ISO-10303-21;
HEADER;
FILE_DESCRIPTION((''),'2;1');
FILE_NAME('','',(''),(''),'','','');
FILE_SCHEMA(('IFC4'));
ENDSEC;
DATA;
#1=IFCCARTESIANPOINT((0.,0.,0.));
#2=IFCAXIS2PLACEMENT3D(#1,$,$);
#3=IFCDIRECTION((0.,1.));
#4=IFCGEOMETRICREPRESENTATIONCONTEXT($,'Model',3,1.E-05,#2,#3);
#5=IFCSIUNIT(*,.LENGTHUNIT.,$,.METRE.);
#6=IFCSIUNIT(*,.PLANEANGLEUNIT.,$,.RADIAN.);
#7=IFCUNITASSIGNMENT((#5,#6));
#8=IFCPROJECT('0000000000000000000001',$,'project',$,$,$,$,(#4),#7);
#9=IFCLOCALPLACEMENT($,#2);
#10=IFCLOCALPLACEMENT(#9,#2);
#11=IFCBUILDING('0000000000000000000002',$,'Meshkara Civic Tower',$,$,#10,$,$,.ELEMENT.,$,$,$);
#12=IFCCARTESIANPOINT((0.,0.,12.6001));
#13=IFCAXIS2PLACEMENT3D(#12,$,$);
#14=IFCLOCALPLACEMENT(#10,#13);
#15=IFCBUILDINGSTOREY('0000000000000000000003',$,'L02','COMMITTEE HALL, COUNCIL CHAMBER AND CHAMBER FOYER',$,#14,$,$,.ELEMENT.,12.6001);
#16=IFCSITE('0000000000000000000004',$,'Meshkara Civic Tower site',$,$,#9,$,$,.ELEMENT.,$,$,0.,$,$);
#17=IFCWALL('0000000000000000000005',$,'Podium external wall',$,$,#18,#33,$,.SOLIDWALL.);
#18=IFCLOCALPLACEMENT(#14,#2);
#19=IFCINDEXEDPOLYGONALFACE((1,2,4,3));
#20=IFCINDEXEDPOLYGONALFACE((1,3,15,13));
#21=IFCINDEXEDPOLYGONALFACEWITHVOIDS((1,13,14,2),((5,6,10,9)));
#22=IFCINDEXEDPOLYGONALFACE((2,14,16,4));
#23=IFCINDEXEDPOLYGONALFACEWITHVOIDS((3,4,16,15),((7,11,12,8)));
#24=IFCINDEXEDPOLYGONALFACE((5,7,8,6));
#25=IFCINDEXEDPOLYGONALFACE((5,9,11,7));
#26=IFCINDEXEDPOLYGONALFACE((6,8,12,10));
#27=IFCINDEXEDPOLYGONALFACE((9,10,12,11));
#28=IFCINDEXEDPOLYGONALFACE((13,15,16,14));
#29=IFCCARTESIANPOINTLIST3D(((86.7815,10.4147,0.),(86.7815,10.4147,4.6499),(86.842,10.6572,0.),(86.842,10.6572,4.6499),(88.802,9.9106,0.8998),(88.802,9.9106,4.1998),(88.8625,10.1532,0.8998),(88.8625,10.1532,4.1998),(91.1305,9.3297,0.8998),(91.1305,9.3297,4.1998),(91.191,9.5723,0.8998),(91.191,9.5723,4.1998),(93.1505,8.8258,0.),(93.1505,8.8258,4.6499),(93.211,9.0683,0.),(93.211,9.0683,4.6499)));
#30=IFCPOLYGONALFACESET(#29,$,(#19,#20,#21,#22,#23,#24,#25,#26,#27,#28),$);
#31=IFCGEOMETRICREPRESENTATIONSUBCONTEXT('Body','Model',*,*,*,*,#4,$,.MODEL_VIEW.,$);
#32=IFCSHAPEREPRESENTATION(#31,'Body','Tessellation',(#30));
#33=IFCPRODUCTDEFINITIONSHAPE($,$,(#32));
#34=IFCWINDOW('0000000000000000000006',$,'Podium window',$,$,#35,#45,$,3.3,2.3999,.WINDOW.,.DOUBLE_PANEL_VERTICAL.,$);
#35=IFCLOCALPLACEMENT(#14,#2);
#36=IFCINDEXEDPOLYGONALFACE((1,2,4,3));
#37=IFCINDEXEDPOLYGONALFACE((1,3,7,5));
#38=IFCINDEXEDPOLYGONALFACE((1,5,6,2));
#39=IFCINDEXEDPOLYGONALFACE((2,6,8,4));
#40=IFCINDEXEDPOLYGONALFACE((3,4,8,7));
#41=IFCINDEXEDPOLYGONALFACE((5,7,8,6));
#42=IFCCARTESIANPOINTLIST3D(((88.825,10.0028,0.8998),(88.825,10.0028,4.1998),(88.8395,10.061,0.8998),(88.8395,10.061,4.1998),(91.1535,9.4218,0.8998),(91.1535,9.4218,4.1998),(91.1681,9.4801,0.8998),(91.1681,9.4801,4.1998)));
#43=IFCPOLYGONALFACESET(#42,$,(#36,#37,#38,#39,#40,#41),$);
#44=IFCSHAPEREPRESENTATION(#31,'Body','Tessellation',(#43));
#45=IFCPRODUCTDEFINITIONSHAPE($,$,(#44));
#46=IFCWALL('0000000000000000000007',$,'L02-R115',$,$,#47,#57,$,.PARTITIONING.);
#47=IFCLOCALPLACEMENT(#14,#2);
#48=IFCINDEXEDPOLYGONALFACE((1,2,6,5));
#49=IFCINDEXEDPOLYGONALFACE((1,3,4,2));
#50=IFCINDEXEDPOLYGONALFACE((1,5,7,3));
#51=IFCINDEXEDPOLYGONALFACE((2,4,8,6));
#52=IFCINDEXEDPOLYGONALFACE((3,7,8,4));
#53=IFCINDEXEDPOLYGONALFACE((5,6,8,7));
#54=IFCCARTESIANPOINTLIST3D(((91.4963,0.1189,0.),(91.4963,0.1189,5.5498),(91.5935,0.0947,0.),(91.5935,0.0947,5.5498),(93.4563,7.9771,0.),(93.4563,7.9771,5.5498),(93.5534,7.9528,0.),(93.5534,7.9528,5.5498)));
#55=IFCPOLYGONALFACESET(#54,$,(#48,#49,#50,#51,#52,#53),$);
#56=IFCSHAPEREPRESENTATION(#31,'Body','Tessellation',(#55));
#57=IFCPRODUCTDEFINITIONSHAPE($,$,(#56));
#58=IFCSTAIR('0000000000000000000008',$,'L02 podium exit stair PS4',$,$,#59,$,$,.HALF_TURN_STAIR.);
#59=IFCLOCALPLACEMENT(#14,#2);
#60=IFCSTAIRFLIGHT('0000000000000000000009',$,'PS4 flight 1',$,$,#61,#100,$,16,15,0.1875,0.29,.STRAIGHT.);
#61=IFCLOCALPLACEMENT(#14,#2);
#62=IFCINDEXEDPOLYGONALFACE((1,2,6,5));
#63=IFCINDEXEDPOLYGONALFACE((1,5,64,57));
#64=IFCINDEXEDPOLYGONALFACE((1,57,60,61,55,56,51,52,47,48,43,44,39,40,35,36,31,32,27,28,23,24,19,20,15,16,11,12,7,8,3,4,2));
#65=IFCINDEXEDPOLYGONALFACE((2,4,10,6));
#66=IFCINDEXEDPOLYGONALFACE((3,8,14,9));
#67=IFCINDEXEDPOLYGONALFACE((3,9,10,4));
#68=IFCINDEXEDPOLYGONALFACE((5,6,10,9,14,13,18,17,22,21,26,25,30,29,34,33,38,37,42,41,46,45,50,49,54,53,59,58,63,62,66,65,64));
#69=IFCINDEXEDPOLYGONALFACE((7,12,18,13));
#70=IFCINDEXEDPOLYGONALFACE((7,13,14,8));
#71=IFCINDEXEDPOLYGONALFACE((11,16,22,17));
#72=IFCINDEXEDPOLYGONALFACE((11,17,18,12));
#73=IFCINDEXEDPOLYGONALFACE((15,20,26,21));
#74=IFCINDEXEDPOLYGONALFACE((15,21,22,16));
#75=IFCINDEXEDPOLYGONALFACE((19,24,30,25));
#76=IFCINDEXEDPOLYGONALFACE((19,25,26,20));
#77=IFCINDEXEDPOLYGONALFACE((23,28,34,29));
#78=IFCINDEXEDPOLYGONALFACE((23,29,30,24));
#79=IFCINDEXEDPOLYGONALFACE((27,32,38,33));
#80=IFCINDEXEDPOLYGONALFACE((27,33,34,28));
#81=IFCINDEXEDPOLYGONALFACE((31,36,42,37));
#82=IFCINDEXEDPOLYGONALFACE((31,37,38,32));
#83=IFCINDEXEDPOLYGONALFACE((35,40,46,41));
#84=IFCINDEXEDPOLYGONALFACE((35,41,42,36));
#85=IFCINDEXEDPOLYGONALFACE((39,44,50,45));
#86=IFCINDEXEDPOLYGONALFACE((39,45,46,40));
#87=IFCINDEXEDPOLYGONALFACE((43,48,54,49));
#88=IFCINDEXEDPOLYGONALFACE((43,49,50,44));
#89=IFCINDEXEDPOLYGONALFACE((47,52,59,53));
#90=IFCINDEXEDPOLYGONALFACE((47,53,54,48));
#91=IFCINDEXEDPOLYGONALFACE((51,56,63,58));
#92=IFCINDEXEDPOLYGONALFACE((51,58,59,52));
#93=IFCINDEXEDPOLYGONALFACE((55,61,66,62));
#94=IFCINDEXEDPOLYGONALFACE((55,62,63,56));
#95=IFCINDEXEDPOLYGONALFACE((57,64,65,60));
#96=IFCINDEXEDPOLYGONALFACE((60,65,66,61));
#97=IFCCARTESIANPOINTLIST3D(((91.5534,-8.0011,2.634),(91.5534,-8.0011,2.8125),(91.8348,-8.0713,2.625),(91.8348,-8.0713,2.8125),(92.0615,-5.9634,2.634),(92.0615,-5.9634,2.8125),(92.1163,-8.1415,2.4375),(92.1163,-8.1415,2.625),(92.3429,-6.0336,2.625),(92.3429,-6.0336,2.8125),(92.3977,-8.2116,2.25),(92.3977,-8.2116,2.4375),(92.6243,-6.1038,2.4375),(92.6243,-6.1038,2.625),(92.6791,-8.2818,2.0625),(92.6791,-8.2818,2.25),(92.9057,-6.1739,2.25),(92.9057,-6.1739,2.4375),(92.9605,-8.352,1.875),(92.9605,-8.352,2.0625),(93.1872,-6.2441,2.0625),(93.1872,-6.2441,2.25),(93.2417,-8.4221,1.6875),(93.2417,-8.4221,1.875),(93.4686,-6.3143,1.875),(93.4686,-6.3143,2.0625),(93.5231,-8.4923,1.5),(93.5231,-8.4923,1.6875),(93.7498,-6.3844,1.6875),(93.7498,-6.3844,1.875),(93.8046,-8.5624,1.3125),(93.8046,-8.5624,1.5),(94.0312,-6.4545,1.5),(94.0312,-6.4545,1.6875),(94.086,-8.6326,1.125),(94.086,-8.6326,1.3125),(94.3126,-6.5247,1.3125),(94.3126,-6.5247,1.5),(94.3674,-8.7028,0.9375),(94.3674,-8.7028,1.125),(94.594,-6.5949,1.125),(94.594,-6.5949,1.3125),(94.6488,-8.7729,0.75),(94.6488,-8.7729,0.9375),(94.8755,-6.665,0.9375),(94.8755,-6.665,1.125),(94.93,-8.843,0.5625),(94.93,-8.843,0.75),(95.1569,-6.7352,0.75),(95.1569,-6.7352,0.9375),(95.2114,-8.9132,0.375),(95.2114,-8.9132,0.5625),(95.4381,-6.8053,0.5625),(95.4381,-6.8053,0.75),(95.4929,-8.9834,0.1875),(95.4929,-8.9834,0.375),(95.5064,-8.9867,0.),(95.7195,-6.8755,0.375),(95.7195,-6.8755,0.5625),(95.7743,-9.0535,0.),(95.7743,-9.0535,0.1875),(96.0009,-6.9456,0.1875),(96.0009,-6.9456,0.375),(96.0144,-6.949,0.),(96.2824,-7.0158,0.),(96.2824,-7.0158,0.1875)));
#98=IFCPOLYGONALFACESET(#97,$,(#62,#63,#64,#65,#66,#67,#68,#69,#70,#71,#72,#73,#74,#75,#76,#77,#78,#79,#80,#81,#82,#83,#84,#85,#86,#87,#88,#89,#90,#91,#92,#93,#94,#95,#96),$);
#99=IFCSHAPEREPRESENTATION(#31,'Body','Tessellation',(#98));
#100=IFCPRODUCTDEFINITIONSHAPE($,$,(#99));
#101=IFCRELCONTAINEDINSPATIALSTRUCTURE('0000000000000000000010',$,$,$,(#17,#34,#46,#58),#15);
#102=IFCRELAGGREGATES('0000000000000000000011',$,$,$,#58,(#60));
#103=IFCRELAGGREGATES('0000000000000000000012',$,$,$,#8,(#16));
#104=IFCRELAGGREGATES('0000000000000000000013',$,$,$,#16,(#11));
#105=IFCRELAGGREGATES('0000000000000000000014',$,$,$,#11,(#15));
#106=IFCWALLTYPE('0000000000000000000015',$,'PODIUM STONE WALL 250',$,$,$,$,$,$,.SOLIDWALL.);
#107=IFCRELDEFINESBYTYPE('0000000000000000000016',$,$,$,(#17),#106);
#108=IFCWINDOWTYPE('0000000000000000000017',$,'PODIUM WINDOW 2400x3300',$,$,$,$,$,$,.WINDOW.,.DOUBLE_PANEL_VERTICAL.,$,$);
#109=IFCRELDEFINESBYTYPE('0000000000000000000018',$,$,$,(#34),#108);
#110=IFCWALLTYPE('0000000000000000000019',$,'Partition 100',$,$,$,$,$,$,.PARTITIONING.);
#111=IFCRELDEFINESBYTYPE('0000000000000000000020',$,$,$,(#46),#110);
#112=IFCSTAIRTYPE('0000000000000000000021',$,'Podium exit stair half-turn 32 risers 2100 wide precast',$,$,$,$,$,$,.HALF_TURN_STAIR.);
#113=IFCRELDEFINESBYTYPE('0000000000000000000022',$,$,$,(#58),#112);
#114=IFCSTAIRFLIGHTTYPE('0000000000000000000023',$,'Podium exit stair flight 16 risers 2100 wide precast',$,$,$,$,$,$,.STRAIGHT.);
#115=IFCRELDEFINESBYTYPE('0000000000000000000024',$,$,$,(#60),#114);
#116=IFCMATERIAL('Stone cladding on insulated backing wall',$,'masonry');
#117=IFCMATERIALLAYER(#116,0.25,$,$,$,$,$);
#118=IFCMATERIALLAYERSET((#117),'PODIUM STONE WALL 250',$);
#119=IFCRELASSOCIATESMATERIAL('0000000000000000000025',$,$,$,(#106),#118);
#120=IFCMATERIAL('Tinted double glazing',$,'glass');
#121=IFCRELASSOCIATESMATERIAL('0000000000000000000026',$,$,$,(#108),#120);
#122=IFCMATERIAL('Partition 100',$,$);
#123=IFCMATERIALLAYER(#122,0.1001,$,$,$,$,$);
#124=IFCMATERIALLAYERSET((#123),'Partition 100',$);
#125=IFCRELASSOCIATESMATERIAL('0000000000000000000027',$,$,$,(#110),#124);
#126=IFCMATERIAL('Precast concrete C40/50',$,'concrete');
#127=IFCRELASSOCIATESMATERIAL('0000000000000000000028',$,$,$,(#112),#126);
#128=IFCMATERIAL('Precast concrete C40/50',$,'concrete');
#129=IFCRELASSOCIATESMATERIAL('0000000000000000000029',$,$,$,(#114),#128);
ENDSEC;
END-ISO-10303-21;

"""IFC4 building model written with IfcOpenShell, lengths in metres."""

from ifc_helpers import new_model, si_unit, direction, frame, frame_2d, origin, place, context, subcontext, project, spatial, polyline, rectangle, outline, extrude, material, layer, layer_set, type_object, element, fill, aggregate, save


model = new_model("IFC4")

# Units and contexts
model_context = context("Model", 3, precision=1e-05, world=origin(), true_north=direction((0.0, 1.0)))
body_context = subcontext(model_context, "Body", "Model", "MODEL_VIEW")
ifc_project = project(units=[si_unit("LENGTHUNIT", "METRE"), si_unit("PLANEANGLEUNIT", "RADIAN")], contexts=[model_context])

# Site, building, storey
site_placement = place(None, origin())
site = spatial("IfcSite", under=ifc_project, at=site_placement, Name="Meshkara Civic Tower site", CompositionType="ELEMENT", RefElevation=0.0)
building_placement = place(site_placement, origin())
building = spatial("IfcBuilding", under=site, at=building_placement, Name="Meshkara Civic Tower", CompositionType="ELEMENT")
storey_placement = place(building_placement, frame((0.0, 0.0, 12.6001)))
storey = spatial("IfcBuildingStorey", under=building, at=storey_placement, Name="L02", Description="COMMITTEE HALL, COUNCIL CHAMBER AND CHAMBER FOYER", CompositionType="ELEMENT", Elevation=12.6001)

# Shared definitions
ifc_material_1 = material(Name="Stone cladding on insulated backing wall", Category="masonry")
ifc_layer_1 = layer(ifc_material_1, 0.25)
ifc_layer_set_1 = layer_set([ifc_layer_1], Name="PODIUM STONE WALL 250")
wall_type_1 = type_object("IfcWallType", Name="PODIUM STONE WALL 250", PredefinedType="SOLIDWALL", material=ifc_layer_set_1)

# Shared definitions
ifc_material_2 = material(Name="Tinted double glazing", Category="glass")
window_type = type_object("IfcWindowType", Name="PODIUM WINDOW 2400x3300", PartitioningType="DOUBLE_PANEL_VERTICAL", PredefinedType="WINDOW", material=ifc_material_2)

# Wall, opening, window
wall_1_placement = place(storey_placement, frame((93.1809, 8.947, 0.0), z_axis=(0.0, 0.0, 1.0), x_axis=(-0.970263, 0.242054, 0.0)))
wall_1 = element("IfcWall", 1, at=wall_1_placement, inside=storey, type_object=wall_type_1, Name="Podium external wall", PredefinedType="SOLIDWALL", context=body_context, shape_type="SweptSolid", body=[
    extrude(rectangle(XDim=6.5642, YDim=0.25, at=frame_2d((3.2822, 0.0))), origin(), (0.0, 0.0, 1.0), 4.6499),
])
opening_1_placement = place(wall_1_placement, frame((2.082, 0.0, 0.8999)))
opening_1 = element("IfcOpeningElement", 2, at=opening_1_placement, cuts=wall_1, PredefinedType="OPENING", context=body_context, shape_type="SweptSolid", body=[
    extrude(rectangle(XDim=2.3999, YDim=3.3, at=frame_2d((1.2, 1.6499))), frame((0.0, 0.135, 0.0), z_axis=(0.0, -1.0, 0.0), x_axis=(1.0, 0.0, 0.0)), (0.0, 0.0, 1.0), 0.27),
])
window_1_placement = place(opening_1_placement, origin())
window_1 = element("IfcWindow", 3, at=window_1_placement, inside=storey, type_object=window_type, Name="Podium window", OverallHeight=3.3, OverallWidth=2.3999, PartitioningType="DOUBLE_PANEL_VERTICAL", PredefinedType="WINDOW", context=body_context, shape_type="SweptSolid", body=[
    extrude(rectangle(XDim=2.3999, YDim=3.3, at=frame_2d((1.2, 1.6499))), frame((0.0, 0.03, 0.0), z_axis=(0.0, -1.0, 0.0), x_axis=(1.0, 0.0, 0.0)), (0.0, 0.0, 1.0), 0.0601),
])
fill(opening_1, window_1)

# Wall
ifc_material_3 = material(Name="Partition 100")
ifc_layer_2 = layer(ifc_material_3, 0.1001)
ifc_layer_set_2 = layer_set([ifc_layer_2], Name="Partition 100")
wall_type_2 = type_object("IfcWallType", Name="Partition 100", PredefinedType="PARTITIONING", material=ifc_layer_set_2)
wall_2_placement = place(storey_placement, frame((91.5449, 0.1069, 0.0), z_axis=(0.0, 0.0, 1.0), x_axis=(0.242004, 0.970275, 0.0)))
element("IfcWall", 4, at=wall_2_placement, inside=storey, type_object=wall_type_2, Name="L02-R115", PredefinedType="PARTITIONING", context=body_context, shape_type="SweptSolid", body=[
    extrude(rectangle(XDim=8.0989, YDim=0.1001, at=frame_2d((4.0493, 0.0))), origin(), (0.0, 0.0, 1.0), 5.5498),
])

# Stair, stair flight
ifc_material_4 = material(Name="Precast concrete C40/50", Category="concrete")
stair_type = type_object("IfcStairType", Name="Podium exit stair half-turn 32 risers 2100 wide precast", PredefinedType="HALF_TURN_STAIR", material=ifc_material_4)
stair_placement = place(storey_placement, origin())
stair = element("IfcStair", 5, at=stair_placement, inside=storey, type_object=stair_type, Name="L02 podium exit stair PS4", PredefinedType="HALF_TURN_STAIR")
ifc_material_5 = material(Name="Precast concrete C40/50", Category="concrete")
stair_flight_type = type_object("IfcStairFlightType", Name="Podium exit stair flight 16 risers 2100 wide precast", PredefinedType="STRAIGHT", material=ifc_material_5)
stair_flight_placement = place(storey_placement, frame((96.0283, -8.0347, 0.0), z_axis=(0.0, 0.0, 1.0), x_axis=(-0.970296, 0.241922, 0.0)))
stair_flight = element("IfcStairFlight", 6, at=stair_flight_placement, type_object=stair_flight_type, Name="PS4 flight 1", NumberOfRisers=16, NumberOfTreads=15, PredefinedType="STRAIGHT", RiserHeight=0.1875, TreadLength=0.29, context=body_context, shape_type="SweptSolid", body=[
    extrude(outline(polyline([(0.0, 0.0), (0.0, 0.1875), (0.29, 0.1875), (0.29, 0.375), (0.5801, 0.375), (0.5801, 0.5625), (0.8701, 0.5625), (0.8701, 0.75), (1.1599, 0.75), (1.1599, 0.9375), (1.45, 0.9375), (1.45, 1.125), (1.74, 1.125), (1.74, 1.3125), (2.03, 1.3125), (2.03, 1.5), (2.3201, 1.5), (2.3201, 1.6875), (2.6101, 1.6875), (2.6101, 1.875), (2.8999, 1.875), (2.8999, 2.0625), (3.1899, 2.0625), (3.1899, 2.25), (3.48, 2.25), (3.48, 2.4375), (3.77, 2.4375), (3.77, 2.625), (4.0601, 2.625), (4.0601, 2.8125), (4.3501, 2.8125), (4.3501, 3.0), (4.3501, 2.634), (0.2761, 0.0), (0.0, 0.0)])), frame((0.0, 1.05, 0.0), z_axis=(0.0, -1.0, 0.0), x_axis=(1.0, 0.0, 0.0)), (0.0, 0.0, 1.0), 2.1001),
])
aggregate(stair, [stair_flight])

save(model, "model.ifc")
